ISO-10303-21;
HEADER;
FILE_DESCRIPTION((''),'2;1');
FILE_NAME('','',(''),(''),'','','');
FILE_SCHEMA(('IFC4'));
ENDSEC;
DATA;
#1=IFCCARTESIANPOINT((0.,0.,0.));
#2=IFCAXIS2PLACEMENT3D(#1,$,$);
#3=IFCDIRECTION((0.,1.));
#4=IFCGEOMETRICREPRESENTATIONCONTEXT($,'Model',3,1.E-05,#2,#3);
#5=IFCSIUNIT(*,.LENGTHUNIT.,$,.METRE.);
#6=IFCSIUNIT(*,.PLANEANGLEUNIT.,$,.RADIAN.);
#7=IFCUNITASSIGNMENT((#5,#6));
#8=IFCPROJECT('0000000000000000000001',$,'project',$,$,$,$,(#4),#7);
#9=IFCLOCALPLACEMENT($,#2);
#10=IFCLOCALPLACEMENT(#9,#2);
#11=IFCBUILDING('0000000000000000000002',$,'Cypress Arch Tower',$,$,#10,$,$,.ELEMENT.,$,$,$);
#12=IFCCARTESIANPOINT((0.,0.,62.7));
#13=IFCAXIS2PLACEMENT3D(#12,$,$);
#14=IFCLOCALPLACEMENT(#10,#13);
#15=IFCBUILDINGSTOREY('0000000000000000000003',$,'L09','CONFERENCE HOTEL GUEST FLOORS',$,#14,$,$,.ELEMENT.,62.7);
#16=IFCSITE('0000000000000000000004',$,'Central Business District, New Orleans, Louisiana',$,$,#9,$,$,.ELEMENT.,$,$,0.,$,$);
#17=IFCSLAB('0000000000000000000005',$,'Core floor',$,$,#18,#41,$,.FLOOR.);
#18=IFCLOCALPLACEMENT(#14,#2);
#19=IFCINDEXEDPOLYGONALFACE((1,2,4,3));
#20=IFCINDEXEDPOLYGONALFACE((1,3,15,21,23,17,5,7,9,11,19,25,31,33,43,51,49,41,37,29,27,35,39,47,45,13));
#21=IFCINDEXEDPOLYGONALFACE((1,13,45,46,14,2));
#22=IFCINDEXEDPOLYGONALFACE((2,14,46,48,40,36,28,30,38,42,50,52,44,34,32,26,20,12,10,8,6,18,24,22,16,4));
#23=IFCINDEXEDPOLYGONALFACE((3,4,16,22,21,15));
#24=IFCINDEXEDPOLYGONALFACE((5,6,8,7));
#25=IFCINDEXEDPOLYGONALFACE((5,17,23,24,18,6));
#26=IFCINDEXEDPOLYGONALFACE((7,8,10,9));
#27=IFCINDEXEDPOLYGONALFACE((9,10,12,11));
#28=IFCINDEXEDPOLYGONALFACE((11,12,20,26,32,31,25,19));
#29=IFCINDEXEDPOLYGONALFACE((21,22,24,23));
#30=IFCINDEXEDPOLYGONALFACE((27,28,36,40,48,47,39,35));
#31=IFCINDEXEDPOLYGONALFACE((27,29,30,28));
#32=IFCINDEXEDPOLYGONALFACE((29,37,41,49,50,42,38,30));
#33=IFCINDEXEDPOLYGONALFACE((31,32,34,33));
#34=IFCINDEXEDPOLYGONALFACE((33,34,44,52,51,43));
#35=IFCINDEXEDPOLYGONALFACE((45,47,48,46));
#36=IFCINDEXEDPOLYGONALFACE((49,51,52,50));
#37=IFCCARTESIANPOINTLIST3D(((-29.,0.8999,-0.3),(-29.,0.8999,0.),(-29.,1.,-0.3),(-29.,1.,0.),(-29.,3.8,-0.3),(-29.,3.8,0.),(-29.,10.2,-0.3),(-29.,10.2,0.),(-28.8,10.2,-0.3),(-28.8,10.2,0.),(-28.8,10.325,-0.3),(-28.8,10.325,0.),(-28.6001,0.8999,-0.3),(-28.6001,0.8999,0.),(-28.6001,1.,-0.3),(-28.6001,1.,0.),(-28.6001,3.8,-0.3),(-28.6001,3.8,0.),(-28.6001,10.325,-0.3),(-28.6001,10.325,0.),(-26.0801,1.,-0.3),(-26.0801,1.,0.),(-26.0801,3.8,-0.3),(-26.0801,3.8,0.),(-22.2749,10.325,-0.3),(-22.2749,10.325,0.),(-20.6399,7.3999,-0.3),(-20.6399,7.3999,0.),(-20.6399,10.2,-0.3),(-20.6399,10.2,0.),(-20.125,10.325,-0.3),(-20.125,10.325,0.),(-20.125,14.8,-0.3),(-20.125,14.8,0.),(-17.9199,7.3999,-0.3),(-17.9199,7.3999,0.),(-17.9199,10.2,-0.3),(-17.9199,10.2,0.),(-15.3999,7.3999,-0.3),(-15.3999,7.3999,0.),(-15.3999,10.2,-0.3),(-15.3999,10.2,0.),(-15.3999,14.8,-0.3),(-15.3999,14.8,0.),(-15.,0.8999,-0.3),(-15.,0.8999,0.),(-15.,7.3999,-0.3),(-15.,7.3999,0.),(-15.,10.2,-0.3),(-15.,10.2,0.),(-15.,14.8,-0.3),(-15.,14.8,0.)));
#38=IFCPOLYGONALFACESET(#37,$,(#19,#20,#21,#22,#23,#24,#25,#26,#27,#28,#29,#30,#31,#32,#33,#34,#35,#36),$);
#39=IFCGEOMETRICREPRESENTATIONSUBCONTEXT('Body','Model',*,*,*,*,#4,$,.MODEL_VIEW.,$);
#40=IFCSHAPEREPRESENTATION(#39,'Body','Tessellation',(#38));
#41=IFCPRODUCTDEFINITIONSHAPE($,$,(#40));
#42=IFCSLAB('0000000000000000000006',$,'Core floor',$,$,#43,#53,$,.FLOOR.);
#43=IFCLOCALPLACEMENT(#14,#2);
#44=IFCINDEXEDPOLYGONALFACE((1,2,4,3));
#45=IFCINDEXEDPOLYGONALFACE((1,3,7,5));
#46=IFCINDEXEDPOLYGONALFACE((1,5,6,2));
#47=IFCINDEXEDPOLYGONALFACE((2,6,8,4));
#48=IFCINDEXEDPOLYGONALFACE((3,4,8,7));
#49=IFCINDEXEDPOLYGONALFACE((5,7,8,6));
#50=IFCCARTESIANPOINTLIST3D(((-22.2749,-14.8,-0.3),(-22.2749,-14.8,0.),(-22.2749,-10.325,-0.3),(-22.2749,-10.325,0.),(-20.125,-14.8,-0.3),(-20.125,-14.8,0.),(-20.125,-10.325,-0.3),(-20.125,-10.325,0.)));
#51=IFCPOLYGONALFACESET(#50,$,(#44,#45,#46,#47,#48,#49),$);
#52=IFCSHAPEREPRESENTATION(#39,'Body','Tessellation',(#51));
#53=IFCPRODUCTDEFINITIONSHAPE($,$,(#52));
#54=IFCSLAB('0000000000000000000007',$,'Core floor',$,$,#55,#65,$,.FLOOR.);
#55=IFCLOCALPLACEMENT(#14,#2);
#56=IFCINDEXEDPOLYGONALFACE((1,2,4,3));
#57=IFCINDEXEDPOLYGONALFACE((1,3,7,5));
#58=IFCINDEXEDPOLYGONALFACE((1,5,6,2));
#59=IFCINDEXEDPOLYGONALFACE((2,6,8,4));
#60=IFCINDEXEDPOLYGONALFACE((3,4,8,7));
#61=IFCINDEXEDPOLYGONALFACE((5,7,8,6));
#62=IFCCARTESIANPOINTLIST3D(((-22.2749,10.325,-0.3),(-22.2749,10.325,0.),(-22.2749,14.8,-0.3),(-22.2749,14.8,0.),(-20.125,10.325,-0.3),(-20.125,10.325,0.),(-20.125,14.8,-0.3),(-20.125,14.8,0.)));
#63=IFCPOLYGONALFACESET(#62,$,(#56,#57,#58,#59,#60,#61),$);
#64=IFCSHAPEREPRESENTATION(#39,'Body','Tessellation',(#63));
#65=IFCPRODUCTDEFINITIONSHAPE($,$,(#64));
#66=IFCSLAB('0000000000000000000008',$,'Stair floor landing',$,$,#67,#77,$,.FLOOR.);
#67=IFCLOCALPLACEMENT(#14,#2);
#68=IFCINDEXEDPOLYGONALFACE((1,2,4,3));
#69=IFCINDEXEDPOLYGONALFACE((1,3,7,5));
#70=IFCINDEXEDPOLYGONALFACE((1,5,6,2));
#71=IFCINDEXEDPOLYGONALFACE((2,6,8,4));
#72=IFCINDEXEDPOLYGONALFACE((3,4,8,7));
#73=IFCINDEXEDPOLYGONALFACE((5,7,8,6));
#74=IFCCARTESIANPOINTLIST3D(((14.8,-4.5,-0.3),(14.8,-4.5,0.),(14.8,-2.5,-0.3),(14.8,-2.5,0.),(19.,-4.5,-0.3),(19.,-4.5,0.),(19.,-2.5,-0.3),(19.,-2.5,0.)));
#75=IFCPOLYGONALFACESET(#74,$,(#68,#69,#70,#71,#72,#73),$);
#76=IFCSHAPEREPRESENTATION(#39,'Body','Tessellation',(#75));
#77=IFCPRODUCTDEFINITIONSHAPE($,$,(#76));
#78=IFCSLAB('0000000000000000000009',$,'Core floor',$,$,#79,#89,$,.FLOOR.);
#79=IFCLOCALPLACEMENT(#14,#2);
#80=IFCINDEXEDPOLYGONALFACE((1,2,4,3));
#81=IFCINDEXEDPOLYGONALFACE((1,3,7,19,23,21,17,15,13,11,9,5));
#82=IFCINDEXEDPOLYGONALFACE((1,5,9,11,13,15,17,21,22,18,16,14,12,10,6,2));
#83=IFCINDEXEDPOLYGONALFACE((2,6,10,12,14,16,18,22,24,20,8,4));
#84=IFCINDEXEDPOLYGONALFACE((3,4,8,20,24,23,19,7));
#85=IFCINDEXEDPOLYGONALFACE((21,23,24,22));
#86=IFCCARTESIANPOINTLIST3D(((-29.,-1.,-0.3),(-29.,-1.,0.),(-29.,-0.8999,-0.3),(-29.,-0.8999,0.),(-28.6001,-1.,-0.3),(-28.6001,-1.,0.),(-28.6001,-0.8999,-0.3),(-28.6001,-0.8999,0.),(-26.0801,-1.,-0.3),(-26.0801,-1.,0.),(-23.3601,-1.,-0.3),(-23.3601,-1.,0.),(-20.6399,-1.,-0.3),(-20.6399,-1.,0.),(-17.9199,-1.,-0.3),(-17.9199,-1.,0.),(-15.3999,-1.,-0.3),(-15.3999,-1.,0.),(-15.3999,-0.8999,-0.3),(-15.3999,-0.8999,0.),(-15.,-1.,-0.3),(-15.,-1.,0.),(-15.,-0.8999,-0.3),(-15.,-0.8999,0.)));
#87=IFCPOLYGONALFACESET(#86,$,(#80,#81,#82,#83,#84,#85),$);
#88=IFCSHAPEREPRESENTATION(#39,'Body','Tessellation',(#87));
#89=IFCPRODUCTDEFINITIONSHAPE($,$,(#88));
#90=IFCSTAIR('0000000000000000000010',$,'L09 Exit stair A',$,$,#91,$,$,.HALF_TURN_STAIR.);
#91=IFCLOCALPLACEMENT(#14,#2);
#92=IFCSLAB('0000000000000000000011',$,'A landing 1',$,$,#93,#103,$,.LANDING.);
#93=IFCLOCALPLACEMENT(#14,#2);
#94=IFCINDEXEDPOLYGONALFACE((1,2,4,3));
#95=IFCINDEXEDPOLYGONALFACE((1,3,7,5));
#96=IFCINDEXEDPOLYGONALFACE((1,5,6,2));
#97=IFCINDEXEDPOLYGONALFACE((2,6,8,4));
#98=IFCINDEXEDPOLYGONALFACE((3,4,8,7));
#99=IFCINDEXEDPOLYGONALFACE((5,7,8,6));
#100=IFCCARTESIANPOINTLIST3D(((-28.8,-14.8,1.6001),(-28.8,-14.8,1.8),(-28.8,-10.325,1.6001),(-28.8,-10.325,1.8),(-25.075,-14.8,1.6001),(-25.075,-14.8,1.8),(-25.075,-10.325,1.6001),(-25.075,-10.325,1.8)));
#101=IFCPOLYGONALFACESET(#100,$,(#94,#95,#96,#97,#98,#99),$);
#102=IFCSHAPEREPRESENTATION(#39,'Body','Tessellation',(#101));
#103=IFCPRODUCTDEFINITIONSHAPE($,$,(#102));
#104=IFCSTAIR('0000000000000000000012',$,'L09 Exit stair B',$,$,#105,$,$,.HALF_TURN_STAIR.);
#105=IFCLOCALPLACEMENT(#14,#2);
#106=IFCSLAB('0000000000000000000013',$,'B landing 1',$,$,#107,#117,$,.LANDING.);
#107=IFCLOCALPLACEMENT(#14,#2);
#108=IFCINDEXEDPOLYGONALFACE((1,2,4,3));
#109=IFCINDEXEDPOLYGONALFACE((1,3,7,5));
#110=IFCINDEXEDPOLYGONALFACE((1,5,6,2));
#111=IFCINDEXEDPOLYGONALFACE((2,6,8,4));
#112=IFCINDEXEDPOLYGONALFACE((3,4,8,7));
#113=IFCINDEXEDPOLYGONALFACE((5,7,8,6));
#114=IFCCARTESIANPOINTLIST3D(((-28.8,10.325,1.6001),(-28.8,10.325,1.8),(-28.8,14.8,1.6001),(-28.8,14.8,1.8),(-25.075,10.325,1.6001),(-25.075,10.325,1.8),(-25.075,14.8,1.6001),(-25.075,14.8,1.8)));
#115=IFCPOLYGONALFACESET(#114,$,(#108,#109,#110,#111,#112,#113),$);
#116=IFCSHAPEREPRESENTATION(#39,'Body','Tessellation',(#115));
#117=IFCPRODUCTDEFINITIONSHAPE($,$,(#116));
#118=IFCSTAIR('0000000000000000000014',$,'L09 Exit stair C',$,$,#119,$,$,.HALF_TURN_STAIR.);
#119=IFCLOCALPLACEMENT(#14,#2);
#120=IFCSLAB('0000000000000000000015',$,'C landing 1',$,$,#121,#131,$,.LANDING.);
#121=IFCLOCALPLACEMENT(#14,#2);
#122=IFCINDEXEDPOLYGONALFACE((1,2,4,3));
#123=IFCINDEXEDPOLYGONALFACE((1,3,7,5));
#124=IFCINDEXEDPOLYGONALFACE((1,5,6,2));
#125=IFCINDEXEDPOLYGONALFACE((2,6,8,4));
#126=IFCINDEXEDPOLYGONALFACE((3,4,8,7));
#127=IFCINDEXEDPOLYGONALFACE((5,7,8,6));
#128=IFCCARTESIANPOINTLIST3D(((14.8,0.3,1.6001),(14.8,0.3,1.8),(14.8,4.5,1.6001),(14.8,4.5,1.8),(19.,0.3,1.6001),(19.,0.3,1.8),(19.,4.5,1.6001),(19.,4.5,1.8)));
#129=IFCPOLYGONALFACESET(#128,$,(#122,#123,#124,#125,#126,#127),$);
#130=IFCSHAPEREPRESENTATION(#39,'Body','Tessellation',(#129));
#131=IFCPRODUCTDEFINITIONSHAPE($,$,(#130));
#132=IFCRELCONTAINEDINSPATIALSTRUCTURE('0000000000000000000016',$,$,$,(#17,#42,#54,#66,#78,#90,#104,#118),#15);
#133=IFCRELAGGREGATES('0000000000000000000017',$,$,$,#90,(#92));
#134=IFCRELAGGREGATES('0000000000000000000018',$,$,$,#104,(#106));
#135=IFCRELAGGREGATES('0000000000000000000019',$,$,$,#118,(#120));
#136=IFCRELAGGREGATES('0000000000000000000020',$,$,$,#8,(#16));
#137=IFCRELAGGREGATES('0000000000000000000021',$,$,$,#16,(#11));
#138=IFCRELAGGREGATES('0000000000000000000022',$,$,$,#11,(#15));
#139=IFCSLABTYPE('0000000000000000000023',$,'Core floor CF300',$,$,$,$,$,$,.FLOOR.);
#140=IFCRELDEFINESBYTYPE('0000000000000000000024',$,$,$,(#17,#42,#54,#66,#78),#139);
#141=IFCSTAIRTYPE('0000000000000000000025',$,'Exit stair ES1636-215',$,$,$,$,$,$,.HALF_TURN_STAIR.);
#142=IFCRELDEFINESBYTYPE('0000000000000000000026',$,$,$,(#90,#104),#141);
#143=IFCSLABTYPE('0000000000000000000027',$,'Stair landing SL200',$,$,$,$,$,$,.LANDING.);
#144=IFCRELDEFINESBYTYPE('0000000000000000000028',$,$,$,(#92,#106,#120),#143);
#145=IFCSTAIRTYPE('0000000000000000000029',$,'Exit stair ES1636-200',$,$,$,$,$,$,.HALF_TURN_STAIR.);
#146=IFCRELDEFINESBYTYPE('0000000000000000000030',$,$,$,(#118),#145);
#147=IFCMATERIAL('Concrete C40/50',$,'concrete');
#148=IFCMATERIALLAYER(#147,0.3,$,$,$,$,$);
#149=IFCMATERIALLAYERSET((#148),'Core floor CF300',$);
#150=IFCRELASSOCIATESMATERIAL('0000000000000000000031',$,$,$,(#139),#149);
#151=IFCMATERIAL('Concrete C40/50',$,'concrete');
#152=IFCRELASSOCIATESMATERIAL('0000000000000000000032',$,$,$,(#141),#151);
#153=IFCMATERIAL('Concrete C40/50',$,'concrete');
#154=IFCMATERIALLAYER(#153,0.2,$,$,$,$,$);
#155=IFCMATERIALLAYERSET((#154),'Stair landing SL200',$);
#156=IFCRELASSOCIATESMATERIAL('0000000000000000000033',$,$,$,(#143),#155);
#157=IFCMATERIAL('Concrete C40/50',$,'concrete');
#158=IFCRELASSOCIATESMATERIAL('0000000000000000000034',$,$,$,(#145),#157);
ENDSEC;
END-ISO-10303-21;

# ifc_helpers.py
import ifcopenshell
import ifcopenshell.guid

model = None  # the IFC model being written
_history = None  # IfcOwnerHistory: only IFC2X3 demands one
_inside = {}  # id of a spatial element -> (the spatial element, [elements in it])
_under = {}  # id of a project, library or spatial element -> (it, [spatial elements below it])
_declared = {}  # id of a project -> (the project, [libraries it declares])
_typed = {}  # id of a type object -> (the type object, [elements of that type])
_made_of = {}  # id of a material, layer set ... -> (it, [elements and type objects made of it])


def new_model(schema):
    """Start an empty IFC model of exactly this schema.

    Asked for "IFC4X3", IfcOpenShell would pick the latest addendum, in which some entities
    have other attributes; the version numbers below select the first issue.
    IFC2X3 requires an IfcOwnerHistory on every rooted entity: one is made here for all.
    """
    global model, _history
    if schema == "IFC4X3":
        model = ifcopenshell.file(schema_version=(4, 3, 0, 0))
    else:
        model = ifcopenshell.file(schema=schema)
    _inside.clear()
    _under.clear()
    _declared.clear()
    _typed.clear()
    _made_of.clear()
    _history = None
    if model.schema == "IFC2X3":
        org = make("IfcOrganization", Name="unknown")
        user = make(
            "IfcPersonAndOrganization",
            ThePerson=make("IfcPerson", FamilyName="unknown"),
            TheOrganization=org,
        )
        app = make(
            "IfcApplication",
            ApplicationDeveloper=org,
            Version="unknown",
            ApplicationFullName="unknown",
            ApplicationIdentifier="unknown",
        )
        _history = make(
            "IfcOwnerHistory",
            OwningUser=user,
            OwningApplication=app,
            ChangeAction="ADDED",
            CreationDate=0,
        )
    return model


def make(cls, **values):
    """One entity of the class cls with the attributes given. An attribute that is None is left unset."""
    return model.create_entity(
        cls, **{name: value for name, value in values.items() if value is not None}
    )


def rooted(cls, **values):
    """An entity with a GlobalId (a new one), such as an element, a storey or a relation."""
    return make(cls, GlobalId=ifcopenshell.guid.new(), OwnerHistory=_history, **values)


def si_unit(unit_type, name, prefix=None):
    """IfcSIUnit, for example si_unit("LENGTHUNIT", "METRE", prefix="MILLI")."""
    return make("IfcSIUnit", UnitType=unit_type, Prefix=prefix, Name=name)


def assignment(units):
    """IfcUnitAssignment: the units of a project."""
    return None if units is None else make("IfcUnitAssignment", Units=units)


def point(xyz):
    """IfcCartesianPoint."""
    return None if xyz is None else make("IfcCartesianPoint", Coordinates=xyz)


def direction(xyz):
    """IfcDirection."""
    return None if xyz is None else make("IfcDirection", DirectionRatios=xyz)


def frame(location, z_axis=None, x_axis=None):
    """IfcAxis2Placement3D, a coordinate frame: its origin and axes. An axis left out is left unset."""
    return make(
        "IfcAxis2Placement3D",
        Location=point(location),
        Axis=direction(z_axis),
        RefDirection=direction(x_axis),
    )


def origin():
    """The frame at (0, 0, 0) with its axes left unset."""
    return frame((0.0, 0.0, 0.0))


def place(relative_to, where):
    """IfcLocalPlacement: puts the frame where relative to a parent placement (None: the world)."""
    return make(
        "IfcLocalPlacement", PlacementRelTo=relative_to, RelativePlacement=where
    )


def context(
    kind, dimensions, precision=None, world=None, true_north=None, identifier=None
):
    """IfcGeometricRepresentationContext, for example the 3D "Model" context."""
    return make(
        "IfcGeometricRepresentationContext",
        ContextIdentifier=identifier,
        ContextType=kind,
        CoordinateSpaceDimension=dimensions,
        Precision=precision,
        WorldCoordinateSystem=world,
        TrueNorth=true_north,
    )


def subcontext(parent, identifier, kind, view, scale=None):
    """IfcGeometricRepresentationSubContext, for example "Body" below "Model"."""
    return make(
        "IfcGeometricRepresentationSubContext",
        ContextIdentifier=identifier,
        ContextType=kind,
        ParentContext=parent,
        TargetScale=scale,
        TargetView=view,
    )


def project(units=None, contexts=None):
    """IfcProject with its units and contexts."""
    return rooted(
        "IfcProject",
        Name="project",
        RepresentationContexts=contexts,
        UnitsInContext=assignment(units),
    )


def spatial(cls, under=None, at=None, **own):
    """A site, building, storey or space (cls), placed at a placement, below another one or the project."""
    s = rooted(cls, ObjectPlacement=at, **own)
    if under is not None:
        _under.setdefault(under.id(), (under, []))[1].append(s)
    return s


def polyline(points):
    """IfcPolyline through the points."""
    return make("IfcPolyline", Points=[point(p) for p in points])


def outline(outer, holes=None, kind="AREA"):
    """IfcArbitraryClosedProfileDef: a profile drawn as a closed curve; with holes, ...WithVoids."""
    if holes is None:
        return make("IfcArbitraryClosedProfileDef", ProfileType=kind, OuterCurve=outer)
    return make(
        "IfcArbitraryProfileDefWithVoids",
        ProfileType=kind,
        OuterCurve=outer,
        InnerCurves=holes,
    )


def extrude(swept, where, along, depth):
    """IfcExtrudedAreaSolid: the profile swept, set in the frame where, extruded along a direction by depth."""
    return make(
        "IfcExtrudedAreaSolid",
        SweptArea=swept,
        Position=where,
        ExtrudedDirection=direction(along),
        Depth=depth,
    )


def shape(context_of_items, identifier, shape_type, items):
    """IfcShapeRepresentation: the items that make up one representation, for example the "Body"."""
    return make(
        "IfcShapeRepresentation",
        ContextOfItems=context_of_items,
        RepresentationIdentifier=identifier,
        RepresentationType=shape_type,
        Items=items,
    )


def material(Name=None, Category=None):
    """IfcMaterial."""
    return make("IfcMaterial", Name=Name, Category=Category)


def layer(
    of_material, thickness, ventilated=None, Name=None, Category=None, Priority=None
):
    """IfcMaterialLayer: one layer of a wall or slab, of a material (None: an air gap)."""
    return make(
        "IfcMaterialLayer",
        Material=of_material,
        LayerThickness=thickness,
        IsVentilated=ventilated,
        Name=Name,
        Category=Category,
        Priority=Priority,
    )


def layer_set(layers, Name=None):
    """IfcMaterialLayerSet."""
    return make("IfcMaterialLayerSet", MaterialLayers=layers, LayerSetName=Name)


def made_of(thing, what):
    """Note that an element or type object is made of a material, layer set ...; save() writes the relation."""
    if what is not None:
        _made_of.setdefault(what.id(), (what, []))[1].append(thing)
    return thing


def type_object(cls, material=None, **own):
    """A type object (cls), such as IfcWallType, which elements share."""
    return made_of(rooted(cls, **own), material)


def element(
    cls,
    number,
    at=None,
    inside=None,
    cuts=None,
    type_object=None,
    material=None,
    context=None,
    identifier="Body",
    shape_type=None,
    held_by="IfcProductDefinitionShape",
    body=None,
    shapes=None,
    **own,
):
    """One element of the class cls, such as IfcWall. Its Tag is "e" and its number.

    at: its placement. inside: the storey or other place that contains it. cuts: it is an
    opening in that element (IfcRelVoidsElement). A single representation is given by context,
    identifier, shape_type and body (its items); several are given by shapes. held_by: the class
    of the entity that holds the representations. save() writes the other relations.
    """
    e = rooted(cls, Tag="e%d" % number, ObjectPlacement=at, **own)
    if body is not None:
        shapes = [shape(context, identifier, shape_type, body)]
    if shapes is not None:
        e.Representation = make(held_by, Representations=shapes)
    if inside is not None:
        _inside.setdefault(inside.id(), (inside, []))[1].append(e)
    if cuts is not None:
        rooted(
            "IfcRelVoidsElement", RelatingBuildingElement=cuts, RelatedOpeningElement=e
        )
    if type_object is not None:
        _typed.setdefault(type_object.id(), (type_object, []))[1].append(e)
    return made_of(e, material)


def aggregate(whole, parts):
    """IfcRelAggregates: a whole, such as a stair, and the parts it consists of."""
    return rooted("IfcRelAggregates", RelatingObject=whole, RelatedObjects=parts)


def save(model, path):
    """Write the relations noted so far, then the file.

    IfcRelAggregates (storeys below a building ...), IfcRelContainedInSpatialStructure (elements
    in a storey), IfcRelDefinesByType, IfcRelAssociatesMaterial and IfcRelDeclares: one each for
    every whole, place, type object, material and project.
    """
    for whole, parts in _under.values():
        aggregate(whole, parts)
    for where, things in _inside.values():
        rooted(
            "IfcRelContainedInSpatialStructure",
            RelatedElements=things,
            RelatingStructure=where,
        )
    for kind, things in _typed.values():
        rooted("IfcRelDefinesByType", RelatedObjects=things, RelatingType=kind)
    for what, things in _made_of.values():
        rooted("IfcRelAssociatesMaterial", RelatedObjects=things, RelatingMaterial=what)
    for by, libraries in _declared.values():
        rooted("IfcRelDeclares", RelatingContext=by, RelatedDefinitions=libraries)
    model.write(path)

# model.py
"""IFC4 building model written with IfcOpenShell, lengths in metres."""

from ifc_helpers import new_model, si_unit, direction, frame, origin, place, context, subcontext, project, spatial, polyline, outline, extrude, material, layer, layer_set, type_object, element, aggregate, save


model = new_model("IFC4")

# Units and contexts
model_context = context("Model", 3, precision=1e-05, world=origin(), true_north=direction((0.0, 1.0)))
body_context = subcontext(model_context, "Body", "Model", "MODEL_VIEW")
ifc_project = project(units=[si_unit("LENGTHUNIT", "METRE"), si_unit("PLANEANGLEUNIT", "RADIAN")], contexts=[model_context])

# Site, building, storey
site_placement = place(None, origin())
site = spatial("IfcSite", under=ifc_project, at=site_placement, Name="Central Business District, New Orleans, Louisiana", CompositionType="ELEMENT", RefElevation=0.0)
building_placement = place(site_placement, origin())
building = spatial("IfcBuilding", under=site, at=building_placement, Name="Cypress Arch Tower", CompositionType="ELEMENT")
storey_placement = place(building_placement, frame((0.0, 0.0, 62.7)))
storey = spatial("IfcBuildingStorey", under=building, at=storey_placement, Name="L09", Description="CONFERENCE HOTEL GUEST FLOORS", CompositionType="ELEMENT", Elevation=62.7)

# Slabs
ifc_material_1 = material(Name="Concrete C40/50", Category="concrete")
ifc_layer_1 = layer(ifc_material_1, 0.3)
ifc_layer_set_1 = layer_set([ifc_layer_1], Name="Core floor CF300")
slab_type_1 = type_object("IfcSlabType", Name="Core floor CF300", PredefinedType="FLOOR", material=ifc_layer_set_1)
slab_1_placement = place(storey_placement, frame((0.0, 0.0, -0.3)))
element("IfcSlab", 1, at=slab_1_placement, inside=storey, type_object=slab_type_1, Name="Core floor", PredefinedType="FLOOR", context=body_context, shape_type="SweptSolid", body=[
    extrude(outline(polyline([(-29.0, 3.8), (-29.0, 10.2), (-28.8, 10.2), (-28.8, 10.325), (-28.6001, 10.325), (-22.2749, 10.325), (-20.125, 10.325), (-20.125, 14.8), (-15.3999, 14.8), (-15.0, 14.8), (-15.0, 10.2), (-15.3999, 10.2), (-17.9199, 10.2), (-20.6399, 10.2), (-20.6399, 7.3999), (-17.9199, 7.3999), (-15.3999, 7.3999), (-15.0, 7.3999), (-15.0, 0.8999), (-28.6001, 0.8999), (-29.0, 0.8999), (-29.0, 1.0), (-28.6001, 1.0), (-26.0801, 1.0), (-26.0801, 3.8), (-28.6001, 3.8), (-29.0, 3.8)])), origin(), (0.0, 0.0, 1.0), 0.3),
])
slab_2_placement = place(storey_placement, frame((0.0, 0.0, -0.3)))
element("IfcSlab", 2, at=slab_2_placement, inside=storey, type_object=slab_type_1, Name="Core floor", PredefinedType="FLOOR", context=body_context, shape_type="SweptSolid", body=[
    extrude(outline(polyline([(-22.2749, -10.325), (-22.2749, -14.8), (-20.125, -14.8), (-20.125, -10.325), (-22.2749, -10.325)])), origin(), (0.0, 0.0, 1.0), 0.3),
])
slab_3_placement = place(storey_placement, frame((0.0, 0.0, -0.3)))
element("IfcSlab", 3, at=slab_3_placement, inside=storey, type_object=slab_type_1, Name="Core floor", PredefinedType="FLOOR", context=body_context, shape_type="SweptSolid", body=[
    extrude(outline(polyline([(-20.125, 14.8), (-22.2749, 14.8), (-22.2749, 10.325), (-20.125, 10.325), (-20.125, 14.8)])), origin(), (0.0, 0.0, 1.0), 0.3),
])
slab_4_placement = place(storey_placement, frame((0.0, 0.0, -0.3)))
element("IfcSlab", 4, at=slab_4_placement, inside=storey, type_object=slab_type_1, Name="Stair floor landing", PredefinedType="FLOOR", context=body_context, shape_type="SweptSolid", body=[
    extrude(outline(polyline([(19.0, -4.5), (19.0, -2.5), (14.8, -2.5), (14.8, -4.5), (19.0, -4.5)])), origin(), (0.0, 0.0, 1.0), 0.3),
])
slab_5_placement = place(storey_placement, frame((0.0, 0.0, -0.3)))
element("IfcSlab", 5, at=slab_5_placement, inside=storey, type_object=slab_type_1, Name="Core floor", PredefinedType="FLOOR", context=body_context, shape_type="SweptSolid", body=[
    extrude(outline(polyline([(-20.6399, -1.0), (-23.3601, -1.0), (-26.0801, -1.0), (-28.6001, -1.0), (-29.0, -1.0), (-29.0, -0.8999), (-28.6001, -0.8999), (-15.3999, -0.8999), (-15.0, -0.8999), (-15.0, -1.0), (-15.3999, -1.0), (-17.9199, -1.0), (-20.6399, -1.0)])), origin(), (0.0, 0.0, 1.0), 0.3),
])

# Stairs, slabs
ifc_material_2 = material(Name="Concrete C40/50", Category="concrete")
stair_type_1 = type_object("IfcStairType", Name="Exit stair ES1636-215", PredefinedType="HALF_TURN_STAIR", material=ifc_material_2)
stair_1_placement = place(storey_placement, origin())
stair_1 = element("IfcStair", 6, at=stair_1_placement, inside=storey, type_object=stair_type_1, Name="L09 Exit stair A", PredefinedType="HALF_TURN_STAIR")
ifc_material_3 = material(Name="Concrete C40/50", Category="concrete")
ifc_layer_2 = layer(ifc_material_3, 0.2)
ifc_layer_set_2 = layer_set([ifc_layer_2], Name="Stair landing SL200")
slab_type_2 = type_object("IfcSlabType", Name="Stair landing SL200", PredefinedType="LANDING", material=ifc_layer_set_2)
slab_6_placement = place(storey_placement, frame((0.0, 0.0, 1.6001)))
slab_6 = element("IfcSlab", 7, at=slab_6_placement, type_object=slab_type_2, Name="A landing 1", PredefinedType="LANDING", context=body_context, shape_type="SweptSolid", body=[
    extrude(outline(polyline([(-25.075, -10.325), (-28.8, -10.325), (-28.8, -14.8), (-25.075, -14.8), (-25.075, -10.325)])), origin(), (0.0, 0.0, 1.0), 0.2),
])
aggregate(stair_1, [slab_6])
stair_2_placement = place(storey_placement, origin())
stair_2 = element("IfcStair", 8, at=stair_2_placement, inside=storey, type_object=stair_type_1, Name="L09 Exit stair B", PredefinedType="HALF_TURN_STAIR")
slab_7_placement = place(storey_placement, frame((0.0, 0.0, 1.6001)))
slab_7 = element("IfcSlab", 9, at=slab_7_placement, type_object=slab_type_2, Name="B landing 1", PredefinedType="LANDING", context=body_context, shape_type="SweptSolid", body=[
    extrude(outline(polyline([(-25.075, 14.8), (-28.8, 14.8), (-28.8, 10.325), (-25.075, 10.325), (-25.075, 14.8)])), origin(), (0.0, 0.0, 1.0), 0.2),
])
aggregate(stair_2, [slab_7])
ifc_material_4 = material(Name="Concrete C40/50", Category="concrete")
stair_type_2 = type_object("IfcStairType", Name="Exit stair ES1636-200", PredefinedType="HALF_TURN_STAIR", material=ifc_material_4)
stair_3_placement = place(storey_placement, origin())
stair_3 = element("IfcStair", 10, at=stair_3_placement, inside=storey, type_object=stair_type_2, Name="L09 Exit stair C", PredefinedType="HALF_TURN_STAIR")
slab_8_placement = place(storey_placement, frame((0.0, 0.0, 1.6001)))
slab_8 = element("IfcSlab", 11, at=slab_8_placement, type_object=slab_type_2, Name="C landing 1", PredefinedType="LANDING", context=body_context, shape_type="SweptSolid", body=[
    extrude(outline(polyline([(19.0, 0.3), (19.0, 4.5), (14.8, 4.5), (14.8, 0.3), (19.0, 0.3)])), origin(), (0.0, 0.0, 1.0), 0.2),
])
aggregate(stair_3, [slab_8])

save(model, "model.ifc")
